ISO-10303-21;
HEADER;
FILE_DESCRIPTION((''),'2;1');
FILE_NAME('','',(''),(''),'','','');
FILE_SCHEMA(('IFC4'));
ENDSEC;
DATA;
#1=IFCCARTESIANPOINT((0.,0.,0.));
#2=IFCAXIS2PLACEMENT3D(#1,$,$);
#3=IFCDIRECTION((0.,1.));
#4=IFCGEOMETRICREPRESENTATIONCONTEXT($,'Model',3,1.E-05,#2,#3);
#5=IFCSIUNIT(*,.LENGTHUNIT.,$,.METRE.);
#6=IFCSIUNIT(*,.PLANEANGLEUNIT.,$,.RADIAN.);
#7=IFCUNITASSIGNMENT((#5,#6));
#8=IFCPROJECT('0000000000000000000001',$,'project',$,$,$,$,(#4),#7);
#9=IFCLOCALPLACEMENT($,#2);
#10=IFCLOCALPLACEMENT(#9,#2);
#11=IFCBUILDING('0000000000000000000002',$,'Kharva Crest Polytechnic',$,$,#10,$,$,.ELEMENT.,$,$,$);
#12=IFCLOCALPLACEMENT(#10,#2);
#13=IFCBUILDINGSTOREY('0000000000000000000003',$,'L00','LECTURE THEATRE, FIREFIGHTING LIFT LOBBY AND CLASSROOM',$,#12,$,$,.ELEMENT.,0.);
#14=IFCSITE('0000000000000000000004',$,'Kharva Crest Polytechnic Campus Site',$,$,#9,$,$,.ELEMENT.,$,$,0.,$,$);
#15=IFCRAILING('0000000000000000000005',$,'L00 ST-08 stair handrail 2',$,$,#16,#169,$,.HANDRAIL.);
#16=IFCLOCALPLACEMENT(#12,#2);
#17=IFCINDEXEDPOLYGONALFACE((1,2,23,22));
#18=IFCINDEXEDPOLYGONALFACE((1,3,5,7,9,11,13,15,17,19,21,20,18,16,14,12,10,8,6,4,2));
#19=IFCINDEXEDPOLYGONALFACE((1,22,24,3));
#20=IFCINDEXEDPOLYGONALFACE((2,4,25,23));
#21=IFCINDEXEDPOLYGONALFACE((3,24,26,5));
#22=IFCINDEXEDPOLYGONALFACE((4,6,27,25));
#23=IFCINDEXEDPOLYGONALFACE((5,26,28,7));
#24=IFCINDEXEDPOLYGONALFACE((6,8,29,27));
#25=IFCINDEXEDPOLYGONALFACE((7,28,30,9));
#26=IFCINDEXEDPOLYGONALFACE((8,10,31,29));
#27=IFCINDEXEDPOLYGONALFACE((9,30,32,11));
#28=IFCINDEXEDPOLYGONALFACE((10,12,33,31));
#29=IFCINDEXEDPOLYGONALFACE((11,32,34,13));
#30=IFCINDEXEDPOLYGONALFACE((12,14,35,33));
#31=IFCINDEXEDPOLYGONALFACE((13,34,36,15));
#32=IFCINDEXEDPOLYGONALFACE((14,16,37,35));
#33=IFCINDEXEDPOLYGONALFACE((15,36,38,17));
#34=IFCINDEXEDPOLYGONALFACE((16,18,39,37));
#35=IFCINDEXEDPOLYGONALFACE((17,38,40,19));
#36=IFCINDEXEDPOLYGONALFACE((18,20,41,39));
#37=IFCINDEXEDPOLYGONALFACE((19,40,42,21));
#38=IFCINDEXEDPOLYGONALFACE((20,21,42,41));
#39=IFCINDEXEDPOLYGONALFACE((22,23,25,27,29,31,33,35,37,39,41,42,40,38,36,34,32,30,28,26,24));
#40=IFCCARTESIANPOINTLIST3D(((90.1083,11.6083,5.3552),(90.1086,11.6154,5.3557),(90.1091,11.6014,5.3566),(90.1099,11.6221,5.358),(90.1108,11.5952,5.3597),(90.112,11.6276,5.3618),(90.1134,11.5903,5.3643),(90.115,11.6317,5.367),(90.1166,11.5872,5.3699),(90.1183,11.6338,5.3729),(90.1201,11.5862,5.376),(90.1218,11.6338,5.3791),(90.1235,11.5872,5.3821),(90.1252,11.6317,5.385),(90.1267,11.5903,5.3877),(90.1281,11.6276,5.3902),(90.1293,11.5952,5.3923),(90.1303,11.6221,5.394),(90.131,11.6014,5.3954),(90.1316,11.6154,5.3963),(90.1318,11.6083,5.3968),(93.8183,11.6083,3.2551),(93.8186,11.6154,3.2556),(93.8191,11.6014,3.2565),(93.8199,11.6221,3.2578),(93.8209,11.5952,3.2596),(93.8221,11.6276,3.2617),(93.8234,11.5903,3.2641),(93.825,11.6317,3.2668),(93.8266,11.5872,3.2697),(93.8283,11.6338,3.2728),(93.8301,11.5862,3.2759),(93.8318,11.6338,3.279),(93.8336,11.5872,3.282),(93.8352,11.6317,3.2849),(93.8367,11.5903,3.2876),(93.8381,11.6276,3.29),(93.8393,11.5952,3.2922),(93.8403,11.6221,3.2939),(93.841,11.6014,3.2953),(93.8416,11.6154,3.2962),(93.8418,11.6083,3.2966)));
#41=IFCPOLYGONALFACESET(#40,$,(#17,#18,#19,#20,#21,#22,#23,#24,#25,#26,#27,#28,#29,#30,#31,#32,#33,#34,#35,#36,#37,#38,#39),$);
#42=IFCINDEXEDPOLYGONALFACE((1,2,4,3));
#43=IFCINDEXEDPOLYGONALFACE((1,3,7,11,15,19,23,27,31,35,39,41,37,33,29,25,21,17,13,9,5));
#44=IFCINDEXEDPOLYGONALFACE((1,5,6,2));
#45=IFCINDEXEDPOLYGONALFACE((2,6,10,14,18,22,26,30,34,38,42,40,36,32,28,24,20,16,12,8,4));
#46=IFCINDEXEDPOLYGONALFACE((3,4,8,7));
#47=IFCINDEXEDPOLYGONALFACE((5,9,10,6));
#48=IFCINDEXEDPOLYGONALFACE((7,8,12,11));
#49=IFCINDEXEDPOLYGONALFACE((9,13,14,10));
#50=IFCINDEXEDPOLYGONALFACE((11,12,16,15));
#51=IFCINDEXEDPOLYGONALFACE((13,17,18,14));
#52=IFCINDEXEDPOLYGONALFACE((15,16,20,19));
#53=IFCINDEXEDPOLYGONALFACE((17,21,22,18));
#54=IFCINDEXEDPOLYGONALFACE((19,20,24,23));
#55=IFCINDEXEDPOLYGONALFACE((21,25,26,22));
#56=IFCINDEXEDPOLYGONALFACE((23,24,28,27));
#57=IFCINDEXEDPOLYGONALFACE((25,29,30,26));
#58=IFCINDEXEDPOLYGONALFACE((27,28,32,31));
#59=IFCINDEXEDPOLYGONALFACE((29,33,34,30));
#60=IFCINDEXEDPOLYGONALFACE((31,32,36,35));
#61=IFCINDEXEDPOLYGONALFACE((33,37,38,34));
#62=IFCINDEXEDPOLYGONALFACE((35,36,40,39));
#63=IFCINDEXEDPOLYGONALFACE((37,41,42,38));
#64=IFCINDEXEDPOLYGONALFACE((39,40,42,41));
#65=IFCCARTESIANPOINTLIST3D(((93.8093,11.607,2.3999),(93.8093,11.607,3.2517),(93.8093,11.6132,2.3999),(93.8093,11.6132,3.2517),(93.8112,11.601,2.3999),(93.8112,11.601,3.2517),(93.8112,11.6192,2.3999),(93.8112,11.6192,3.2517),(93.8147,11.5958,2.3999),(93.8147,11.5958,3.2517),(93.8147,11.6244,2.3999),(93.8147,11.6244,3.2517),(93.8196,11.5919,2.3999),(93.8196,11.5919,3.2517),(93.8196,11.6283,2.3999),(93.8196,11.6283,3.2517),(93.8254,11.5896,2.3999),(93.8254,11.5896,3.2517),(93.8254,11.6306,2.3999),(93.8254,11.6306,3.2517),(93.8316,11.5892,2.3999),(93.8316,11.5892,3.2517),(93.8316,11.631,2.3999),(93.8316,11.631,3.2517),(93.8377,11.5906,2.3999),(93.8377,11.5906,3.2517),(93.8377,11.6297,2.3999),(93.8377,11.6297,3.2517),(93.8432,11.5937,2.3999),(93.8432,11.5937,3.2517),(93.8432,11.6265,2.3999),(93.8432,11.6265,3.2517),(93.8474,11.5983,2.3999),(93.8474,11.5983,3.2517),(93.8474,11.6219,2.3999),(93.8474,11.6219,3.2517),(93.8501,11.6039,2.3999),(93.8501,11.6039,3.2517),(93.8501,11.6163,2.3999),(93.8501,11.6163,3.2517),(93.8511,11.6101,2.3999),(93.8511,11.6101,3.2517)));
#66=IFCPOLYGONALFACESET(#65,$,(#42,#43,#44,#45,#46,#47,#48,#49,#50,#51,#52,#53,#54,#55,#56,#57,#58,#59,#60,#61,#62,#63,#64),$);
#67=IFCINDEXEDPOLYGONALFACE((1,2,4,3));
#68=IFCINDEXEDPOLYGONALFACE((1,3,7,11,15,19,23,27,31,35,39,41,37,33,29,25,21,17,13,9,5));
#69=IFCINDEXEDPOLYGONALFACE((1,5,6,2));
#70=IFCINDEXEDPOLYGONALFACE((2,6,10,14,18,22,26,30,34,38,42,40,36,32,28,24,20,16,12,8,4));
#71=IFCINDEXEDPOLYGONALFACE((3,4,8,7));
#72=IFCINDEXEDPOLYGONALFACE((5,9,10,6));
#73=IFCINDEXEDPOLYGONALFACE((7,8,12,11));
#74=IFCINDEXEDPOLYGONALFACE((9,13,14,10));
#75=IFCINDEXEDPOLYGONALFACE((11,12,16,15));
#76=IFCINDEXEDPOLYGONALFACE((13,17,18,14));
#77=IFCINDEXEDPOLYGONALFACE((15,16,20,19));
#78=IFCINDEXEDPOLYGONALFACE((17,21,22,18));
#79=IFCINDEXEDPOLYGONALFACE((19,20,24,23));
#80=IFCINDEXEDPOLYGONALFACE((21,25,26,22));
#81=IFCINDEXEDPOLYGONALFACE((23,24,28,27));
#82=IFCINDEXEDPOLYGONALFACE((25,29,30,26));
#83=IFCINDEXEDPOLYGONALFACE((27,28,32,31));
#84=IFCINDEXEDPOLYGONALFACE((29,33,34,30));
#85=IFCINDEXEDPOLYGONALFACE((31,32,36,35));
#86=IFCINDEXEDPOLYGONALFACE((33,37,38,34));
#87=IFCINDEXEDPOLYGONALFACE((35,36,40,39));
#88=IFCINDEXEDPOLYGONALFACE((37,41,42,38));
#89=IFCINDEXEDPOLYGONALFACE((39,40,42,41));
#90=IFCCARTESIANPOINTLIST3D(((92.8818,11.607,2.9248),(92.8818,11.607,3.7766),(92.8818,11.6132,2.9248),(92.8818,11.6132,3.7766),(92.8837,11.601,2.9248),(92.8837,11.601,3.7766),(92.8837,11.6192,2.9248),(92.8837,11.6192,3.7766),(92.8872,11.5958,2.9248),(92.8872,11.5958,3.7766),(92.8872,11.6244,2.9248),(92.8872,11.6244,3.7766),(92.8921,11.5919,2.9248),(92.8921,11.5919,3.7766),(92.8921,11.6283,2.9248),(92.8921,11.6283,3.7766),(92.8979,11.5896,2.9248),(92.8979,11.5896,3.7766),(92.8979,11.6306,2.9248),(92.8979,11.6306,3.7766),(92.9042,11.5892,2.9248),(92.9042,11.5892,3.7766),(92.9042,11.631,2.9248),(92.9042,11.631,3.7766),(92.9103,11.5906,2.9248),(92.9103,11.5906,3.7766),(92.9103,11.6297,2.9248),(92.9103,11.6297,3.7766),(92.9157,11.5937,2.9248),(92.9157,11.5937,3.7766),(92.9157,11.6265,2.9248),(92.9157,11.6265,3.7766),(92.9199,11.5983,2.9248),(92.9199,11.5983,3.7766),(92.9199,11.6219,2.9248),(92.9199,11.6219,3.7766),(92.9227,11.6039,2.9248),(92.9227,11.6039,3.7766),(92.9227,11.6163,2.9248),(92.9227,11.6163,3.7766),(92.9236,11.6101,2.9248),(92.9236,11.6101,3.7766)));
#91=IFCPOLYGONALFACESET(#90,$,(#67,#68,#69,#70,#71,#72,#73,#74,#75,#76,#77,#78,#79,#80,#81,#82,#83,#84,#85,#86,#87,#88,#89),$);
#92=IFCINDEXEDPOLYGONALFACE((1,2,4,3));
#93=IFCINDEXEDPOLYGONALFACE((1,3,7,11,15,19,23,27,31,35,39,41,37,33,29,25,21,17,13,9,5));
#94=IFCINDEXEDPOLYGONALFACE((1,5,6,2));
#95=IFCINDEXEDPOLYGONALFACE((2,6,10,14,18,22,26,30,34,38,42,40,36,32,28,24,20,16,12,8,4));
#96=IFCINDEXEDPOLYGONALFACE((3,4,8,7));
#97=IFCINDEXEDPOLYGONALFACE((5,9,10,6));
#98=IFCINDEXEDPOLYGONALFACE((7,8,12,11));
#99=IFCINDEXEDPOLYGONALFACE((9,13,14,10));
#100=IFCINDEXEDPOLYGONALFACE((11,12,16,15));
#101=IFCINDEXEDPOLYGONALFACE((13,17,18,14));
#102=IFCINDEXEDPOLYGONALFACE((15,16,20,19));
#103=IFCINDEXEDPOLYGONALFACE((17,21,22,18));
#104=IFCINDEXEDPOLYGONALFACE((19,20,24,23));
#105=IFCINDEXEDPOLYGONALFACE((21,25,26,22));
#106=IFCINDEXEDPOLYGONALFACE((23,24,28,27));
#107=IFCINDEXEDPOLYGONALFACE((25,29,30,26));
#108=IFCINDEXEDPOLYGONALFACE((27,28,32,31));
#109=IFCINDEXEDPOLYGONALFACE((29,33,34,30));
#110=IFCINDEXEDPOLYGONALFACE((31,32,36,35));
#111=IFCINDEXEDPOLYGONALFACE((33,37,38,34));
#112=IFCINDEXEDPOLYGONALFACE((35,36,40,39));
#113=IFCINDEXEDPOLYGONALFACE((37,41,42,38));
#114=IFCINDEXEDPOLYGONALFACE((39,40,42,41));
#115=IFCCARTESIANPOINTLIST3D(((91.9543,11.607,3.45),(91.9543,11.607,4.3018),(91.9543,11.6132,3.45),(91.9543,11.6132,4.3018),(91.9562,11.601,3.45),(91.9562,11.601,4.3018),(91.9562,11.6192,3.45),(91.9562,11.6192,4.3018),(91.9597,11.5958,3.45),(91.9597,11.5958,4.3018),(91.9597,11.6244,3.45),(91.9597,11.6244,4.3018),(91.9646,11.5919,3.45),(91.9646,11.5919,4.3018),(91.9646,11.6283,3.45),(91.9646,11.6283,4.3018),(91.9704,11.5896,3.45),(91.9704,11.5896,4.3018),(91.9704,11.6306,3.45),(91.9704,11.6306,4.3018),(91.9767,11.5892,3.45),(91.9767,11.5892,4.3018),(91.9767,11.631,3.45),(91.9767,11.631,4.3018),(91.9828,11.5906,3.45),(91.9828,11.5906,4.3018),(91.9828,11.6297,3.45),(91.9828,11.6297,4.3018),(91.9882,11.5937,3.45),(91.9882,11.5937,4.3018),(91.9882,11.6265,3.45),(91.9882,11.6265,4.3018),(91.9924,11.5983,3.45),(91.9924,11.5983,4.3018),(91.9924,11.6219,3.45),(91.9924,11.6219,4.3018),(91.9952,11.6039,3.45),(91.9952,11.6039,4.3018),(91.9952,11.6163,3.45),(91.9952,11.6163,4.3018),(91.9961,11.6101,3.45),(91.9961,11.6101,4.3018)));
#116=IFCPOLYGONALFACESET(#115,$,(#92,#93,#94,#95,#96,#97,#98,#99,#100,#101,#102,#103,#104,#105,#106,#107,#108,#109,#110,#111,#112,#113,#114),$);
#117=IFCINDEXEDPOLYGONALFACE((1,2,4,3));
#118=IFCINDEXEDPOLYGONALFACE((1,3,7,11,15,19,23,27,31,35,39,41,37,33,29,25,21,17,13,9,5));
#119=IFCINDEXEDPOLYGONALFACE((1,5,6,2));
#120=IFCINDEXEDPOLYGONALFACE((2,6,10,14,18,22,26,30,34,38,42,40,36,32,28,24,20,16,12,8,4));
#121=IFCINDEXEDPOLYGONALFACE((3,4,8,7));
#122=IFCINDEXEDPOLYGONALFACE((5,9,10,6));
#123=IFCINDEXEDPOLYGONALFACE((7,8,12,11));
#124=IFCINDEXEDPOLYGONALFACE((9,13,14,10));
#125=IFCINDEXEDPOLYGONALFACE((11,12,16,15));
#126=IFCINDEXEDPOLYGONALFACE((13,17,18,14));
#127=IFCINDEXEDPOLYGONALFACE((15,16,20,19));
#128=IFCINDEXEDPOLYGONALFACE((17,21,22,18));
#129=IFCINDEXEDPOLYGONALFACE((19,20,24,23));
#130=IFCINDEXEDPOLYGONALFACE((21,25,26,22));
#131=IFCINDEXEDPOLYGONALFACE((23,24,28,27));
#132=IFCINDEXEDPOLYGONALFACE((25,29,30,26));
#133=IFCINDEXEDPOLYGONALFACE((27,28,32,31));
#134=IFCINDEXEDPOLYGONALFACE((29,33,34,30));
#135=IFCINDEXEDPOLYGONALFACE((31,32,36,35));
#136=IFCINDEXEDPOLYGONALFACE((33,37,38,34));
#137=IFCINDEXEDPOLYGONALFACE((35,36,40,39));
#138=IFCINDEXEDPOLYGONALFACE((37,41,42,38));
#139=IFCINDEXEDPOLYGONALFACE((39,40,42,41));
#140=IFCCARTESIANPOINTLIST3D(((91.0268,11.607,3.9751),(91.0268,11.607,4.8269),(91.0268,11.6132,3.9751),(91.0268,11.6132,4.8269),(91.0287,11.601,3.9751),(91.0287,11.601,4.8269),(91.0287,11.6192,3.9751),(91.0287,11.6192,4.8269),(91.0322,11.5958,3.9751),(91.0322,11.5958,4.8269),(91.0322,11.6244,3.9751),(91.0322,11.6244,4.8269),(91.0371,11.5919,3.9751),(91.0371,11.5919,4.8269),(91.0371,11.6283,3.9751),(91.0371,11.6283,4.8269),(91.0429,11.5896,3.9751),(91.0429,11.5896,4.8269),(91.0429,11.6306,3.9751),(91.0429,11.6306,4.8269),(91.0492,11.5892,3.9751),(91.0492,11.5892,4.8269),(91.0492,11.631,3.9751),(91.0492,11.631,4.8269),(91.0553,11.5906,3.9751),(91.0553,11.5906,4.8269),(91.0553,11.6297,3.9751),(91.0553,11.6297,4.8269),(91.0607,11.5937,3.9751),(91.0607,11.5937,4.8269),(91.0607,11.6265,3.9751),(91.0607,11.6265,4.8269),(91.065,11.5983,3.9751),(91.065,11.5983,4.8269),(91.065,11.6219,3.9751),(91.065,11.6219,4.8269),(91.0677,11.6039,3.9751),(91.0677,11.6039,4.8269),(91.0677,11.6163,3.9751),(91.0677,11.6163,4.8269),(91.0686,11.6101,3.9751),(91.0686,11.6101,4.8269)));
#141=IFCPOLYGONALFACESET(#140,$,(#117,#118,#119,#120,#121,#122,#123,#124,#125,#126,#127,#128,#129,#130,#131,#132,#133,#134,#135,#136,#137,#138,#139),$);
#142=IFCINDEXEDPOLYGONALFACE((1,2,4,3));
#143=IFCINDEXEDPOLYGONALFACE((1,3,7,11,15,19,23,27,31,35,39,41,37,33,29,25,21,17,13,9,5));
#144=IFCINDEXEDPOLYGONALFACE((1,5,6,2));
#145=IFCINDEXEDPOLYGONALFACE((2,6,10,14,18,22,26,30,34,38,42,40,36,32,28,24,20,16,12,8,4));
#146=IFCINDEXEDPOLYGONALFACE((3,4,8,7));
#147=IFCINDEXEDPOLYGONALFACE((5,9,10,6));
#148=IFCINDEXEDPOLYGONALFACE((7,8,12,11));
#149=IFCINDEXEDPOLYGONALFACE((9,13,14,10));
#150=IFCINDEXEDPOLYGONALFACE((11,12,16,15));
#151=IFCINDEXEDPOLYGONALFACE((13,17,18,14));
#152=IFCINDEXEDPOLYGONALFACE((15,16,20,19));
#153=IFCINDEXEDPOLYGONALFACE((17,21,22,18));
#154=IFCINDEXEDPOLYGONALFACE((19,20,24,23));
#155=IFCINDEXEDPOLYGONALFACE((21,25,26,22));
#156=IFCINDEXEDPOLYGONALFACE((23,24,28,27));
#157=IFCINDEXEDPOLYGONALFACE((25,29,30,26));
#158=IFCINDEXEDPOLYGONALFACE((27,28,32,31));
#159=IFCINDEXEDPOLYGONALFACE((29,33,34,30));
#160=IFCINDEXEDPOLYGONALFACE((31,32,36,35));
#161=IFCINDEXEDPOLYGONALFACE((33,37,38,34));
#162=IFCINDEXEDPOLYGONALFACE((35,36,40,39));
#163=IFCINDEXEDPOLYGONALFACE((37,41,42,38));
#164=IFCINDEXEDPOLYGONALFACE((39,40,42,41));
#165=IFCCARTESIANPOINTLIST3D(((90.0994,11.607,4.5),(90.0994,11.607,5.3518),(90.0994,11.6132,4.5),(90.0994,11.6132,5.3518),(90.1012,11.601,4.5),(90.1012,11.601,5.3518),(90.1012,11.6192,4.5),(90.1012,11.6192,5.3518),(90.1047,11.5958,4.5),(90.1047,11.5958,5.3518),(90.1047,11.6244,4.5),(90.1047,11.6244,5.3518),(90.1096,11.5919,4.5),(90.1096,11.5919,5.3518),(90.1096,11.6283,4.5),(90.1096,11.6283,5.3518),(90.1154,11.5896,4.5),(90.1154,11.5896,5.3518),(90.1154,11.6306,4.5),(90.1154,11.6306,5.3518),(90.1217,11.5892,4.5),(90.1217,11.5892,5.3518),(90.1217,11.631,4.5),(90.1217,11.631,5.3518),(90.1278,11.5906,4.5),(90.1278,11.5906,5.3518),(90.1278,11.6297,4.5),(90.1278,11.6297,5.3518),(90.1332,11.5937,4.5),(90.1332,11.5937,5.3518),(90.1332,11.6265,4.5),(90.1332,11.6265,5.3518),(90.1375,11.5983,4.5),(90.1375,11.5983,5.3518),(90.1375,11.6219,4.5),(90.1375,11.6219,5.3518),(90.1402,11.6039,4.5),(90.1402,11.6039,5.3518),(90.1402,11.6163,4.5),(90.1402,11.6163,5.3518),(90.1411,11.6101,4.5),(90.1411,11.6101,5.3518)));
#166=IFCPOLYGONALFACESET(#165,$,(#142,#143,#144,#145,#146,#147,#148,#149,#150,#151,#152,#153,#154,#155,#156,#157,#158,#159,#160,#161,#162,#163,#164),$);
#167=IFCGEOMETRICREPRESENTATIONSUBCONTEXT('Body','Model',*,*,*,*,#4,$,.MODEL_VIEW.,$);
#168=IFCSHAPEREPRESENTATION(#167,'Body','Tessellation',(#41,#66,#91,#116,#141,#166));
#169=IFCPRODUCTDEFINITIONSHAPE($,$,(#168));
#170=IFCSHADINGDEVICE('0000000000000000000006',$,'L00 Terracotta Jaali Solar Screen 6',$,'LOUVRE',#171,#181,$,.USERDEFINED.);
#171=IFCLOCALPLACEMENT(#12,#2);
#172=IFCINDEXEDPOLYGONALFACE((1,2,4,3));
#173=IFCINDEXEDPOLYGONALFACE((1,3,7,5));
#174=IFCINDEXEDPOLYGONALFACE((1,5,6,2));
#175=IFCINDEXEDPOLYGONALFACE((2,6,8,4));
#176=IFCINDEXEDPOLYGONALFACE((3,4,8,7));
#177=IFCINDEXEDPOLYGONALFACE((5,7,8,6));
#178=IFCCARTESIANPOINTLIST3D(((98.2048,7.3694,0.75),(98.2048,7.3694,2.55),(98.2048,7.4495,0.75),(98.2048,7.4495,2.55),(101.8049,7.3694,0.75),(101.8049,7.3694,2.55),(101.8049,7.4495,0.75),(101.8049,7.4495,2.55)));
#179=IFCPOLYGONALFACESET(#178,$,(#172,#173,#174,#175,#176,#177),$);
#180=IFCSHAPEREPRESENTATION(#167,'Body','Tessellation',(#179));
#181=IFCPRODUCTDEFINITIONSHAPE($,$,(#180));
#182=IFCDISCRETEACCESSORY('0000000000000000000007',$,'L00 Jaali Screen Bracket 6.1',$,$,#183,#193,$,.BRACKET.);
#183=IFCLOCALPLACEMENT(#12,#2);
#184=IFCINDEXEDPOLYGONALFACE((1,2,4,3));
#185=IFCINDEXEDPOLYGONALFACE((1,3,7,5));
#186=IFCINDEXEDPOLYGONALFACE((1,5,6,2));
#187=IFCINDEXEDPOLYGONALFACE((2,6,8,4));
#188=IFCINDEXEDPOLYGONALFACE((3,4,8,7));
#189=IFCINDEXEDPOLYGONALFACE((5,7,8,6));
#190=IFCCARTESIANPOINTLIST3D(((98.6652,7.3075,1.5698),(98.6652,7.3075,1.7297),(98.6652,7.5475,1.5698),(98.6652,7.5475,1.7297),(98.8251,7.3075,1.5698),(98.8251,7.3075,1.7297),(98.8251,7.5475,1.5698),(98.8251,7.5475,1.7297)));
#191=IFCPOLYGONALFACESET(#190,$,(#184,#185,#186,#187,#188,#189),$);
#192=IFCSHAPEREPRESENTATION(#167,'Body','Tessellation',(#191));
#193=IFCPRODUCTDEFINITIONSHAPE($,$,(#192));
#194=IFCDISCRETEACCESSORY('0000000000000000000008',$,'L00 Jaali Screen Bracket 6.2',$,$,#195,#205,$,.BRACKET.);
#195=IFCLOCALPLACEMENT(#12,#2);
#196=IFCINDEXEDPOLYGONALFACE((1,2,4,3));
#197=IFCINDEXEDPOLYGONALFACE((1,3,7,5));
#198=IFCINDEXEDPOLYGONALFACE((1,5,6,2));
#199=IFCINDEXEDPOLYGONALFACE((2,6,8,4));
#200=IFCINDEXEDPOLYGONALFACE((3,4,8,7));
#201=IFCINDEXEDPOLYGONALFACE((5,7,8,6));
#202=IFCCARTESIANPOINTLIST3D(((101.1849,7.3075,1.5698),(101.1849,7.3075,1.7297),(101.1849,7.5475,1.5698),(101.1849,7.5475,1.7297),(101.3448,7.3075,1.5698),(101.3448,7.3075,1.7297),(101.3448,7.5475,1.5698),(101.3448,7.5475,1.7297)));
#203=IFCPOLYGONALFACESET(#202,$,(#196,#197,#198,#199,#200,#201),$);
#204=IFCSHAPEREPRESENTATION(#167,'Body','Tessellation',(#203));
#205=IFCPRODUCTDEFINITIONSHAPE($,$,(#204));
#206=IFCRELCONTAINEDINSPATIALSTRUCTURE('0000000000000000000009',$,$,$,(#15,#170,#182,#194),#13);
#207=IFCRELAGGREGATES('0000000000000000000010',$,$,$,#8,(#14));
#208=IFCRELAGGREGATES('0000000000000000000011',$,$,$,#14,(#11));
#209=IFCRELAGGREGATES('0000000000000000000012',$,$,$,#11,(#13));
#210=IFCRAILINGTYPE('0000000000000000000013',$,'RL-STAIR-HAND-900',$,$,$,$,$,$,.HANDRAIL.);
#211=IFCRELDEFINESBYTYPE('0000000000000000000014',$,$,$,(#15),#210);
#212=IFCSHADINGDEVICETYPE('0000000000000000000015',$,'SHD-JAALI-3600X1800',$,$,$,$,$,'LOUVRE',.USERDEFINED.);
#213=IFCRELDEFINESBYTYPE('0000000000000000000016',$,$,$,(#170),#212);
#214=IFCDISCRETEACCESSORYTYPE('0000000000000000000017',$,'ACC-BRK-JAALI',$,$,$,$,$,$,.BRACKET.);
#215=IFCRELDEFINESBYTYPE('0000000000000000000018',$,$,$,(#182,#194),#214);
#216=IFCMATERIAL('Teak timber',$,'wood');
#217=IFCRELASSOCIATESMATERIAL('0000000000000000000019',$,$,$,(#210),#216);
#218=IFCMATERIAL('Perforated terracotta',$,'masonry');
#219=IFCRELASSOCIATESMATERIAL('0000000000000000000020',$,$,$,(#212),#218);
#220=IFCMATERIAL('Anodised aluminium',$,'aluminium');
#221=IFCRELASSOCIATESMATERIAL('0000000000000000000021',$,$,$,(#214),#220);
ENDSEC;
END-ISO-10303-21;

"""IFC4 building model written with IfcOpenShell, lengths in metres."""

from ifc_helpers import new_model, si_unit, direction, frame, origin, origin_2d, place, context, subcontext, project, spatial, rectangle, circle, extrude, material, type_object, element, save


model = new_model("IFC4")

# Units and contexts
model_context = context("Model", 3, precision=1e-05, world=origin(), true_north=direction((0.0, 1.0)))
body_context = subcontext(model_context, "Body", "Model", "MODEL_VIEW")
ifc_project = project(units=[si_unit("LENGTHUNIT", "METRE"), si_unit("PLANEANGLEUNIT", "RADIAN")], contexts=[model_context])

# Site, building, storey
site_placement = place(None, origin())
site = spatial("IfcSite", under=ifc_project, at=site_placement, Name="Kharva Crest Polytechnic Campus Site", CompositionType="ELEMENT", RefElevation=0.0)
building_placement = place(site_placement, origin())
building = spatial("IfcBuilding", under=site, at=building_placement, Name="Kharva Crest Polytechnic", CompositionType="ELEMENT")
storey_placement = place(building_placement, origin())
storey = spatial("IfcBuildingStorey", under=building, at=storey_placement, Name="L00", Description="LECTURE THEATRE, FIREFIGHTING LIFT LOBBY AND CLASSROOM", CompositionType="ELEMENT", Elevation=0.0)

# Shared definitions
ifc_material_1 = material(Name="Anodised aluminium", Category="aluminium")

# Shared definitions
ifc_material_2 = material(Name="Teak timber", Category="wood")

# Railing
railing_type_1 = type_object("IfcRailingType", Name="RL-STAIR-HAND-900", PredefinedType="HANDRAIL", material=ifc_material_2)
railing_1_placement = place(storey_placement, frame((93.8301, 11.6101, 2.3999)))
element("IfcRailing", 1, at=railing_1_placement, inside=storey, type_object=railing_type_1, Name="L00 ST-08 stair handrail 2", PredefinedType="HANDRAIL", context=body_context, shape_type="SweptSolid", body=[
    extrude(circle(Radius=0.0239, at=origin_2d()), frame((0.0, 0.0, 0.876), z_axis=(-0.870245, 0.0, 0.492619), x_axis=(0.0, -1.0, 0.0)), (0.0, 0.0, 1.0), 4.2632),
    extrude(circle(Radius=0.021, at=origin_2d()), origin(), (0.0, 0.0, 1.0), 0.8518),
    extrude(circle(Radius=0.021, at=origin_2d()), frame((-0.9275, 0.0, 0.5249)), (0.0, 0.0, 1.0), 0.8518),
    extrude(circle(Radius=0.021, at=origin_2d()), frame((-1.855, 0.0, 1.05)), (0.0, 0.0, 1.0), 0.8518),
    extrude(circle(Radius=0.021, at=origin_2d()), frame((-2.7825, 0.0, 1.5752)), (0.0, 0.0, 1.0), 0.8518),
    extrude(circle(Radius=0.021, at=origin_2d()), frame((-3.71, 0.0, 2.1001)), (0.0, 0.0, 1.0), 0.8518),
])

# Shading device
ifc_material_3 = material(Name="Perforated terracotta", Category="masonry")
shading_device_type = type_object("IfcShadingDeviceType", Name="SHD-JAALI-3600X1800", ElementType="LOUVRE", PredefinedType="USERDEFINED", material=ifc_material_3)
shading_device_placement = place(storey_placement, frame((100.0049, 7.4094, 0.75), z_axis=(0.0, 0.0, 1.0), x_axis=(1.0, 0.0, 0.0)))
element("IfcShadingDevice", 2, at=shading_device_placement, inside=storey, type_object=shading_device_type, Name="L00 Terracotta Jaali Solar Screen 6", ObjectType="LOUVRE", PredefinedType="USERDEFINED", context=body_context, shape_type="SweptSolid", body=[
    extrude(rectangle(XDim=3.6001, YDim=0.0801, at=origin_2d()), origin(), (0.0, 0.0, 1.0), 1.8),
])

# Discrete accessories
discrete_accessory_type = type_object("IfcDiscreteAccessoryType", Name="ACC-BRK-JAALI", PredefinedType="BRACKET", material=ifc_material_1)
for number, where, z_axis, x_axis, name in (
    (3, (98.7451, 7.4275, 1.5698), (0.0, 0.0, 1.0), (1.0, 0.0, 0.0), "L00 Jaali Screen Bracket 6.1"),
    (4, (101.2649, 7.4275, 1.5698), (0.0, 0.0, 1.0), (1.0, 0.0, 0.0), "L00 Jaali Screen Bracket 6.2"),
):
    element("IfcDiscreteAccessory", number, at=place(storey_placement, frame(where, z_axis=z_axis, x_axis=x_axis)), inside=storey, type_object=discrete_accessory_type, Name=name, PredefinedType="BRACKET", context=body_context, shape_type="SweptSolid", body=[
        extrude(rectangle(XDim=0.1599, YDim=0.24, at=origin_2d()), origin(), (0.0, 0.0, 1.0), 0.1599),
    ])

save(model, "model.ifc")
